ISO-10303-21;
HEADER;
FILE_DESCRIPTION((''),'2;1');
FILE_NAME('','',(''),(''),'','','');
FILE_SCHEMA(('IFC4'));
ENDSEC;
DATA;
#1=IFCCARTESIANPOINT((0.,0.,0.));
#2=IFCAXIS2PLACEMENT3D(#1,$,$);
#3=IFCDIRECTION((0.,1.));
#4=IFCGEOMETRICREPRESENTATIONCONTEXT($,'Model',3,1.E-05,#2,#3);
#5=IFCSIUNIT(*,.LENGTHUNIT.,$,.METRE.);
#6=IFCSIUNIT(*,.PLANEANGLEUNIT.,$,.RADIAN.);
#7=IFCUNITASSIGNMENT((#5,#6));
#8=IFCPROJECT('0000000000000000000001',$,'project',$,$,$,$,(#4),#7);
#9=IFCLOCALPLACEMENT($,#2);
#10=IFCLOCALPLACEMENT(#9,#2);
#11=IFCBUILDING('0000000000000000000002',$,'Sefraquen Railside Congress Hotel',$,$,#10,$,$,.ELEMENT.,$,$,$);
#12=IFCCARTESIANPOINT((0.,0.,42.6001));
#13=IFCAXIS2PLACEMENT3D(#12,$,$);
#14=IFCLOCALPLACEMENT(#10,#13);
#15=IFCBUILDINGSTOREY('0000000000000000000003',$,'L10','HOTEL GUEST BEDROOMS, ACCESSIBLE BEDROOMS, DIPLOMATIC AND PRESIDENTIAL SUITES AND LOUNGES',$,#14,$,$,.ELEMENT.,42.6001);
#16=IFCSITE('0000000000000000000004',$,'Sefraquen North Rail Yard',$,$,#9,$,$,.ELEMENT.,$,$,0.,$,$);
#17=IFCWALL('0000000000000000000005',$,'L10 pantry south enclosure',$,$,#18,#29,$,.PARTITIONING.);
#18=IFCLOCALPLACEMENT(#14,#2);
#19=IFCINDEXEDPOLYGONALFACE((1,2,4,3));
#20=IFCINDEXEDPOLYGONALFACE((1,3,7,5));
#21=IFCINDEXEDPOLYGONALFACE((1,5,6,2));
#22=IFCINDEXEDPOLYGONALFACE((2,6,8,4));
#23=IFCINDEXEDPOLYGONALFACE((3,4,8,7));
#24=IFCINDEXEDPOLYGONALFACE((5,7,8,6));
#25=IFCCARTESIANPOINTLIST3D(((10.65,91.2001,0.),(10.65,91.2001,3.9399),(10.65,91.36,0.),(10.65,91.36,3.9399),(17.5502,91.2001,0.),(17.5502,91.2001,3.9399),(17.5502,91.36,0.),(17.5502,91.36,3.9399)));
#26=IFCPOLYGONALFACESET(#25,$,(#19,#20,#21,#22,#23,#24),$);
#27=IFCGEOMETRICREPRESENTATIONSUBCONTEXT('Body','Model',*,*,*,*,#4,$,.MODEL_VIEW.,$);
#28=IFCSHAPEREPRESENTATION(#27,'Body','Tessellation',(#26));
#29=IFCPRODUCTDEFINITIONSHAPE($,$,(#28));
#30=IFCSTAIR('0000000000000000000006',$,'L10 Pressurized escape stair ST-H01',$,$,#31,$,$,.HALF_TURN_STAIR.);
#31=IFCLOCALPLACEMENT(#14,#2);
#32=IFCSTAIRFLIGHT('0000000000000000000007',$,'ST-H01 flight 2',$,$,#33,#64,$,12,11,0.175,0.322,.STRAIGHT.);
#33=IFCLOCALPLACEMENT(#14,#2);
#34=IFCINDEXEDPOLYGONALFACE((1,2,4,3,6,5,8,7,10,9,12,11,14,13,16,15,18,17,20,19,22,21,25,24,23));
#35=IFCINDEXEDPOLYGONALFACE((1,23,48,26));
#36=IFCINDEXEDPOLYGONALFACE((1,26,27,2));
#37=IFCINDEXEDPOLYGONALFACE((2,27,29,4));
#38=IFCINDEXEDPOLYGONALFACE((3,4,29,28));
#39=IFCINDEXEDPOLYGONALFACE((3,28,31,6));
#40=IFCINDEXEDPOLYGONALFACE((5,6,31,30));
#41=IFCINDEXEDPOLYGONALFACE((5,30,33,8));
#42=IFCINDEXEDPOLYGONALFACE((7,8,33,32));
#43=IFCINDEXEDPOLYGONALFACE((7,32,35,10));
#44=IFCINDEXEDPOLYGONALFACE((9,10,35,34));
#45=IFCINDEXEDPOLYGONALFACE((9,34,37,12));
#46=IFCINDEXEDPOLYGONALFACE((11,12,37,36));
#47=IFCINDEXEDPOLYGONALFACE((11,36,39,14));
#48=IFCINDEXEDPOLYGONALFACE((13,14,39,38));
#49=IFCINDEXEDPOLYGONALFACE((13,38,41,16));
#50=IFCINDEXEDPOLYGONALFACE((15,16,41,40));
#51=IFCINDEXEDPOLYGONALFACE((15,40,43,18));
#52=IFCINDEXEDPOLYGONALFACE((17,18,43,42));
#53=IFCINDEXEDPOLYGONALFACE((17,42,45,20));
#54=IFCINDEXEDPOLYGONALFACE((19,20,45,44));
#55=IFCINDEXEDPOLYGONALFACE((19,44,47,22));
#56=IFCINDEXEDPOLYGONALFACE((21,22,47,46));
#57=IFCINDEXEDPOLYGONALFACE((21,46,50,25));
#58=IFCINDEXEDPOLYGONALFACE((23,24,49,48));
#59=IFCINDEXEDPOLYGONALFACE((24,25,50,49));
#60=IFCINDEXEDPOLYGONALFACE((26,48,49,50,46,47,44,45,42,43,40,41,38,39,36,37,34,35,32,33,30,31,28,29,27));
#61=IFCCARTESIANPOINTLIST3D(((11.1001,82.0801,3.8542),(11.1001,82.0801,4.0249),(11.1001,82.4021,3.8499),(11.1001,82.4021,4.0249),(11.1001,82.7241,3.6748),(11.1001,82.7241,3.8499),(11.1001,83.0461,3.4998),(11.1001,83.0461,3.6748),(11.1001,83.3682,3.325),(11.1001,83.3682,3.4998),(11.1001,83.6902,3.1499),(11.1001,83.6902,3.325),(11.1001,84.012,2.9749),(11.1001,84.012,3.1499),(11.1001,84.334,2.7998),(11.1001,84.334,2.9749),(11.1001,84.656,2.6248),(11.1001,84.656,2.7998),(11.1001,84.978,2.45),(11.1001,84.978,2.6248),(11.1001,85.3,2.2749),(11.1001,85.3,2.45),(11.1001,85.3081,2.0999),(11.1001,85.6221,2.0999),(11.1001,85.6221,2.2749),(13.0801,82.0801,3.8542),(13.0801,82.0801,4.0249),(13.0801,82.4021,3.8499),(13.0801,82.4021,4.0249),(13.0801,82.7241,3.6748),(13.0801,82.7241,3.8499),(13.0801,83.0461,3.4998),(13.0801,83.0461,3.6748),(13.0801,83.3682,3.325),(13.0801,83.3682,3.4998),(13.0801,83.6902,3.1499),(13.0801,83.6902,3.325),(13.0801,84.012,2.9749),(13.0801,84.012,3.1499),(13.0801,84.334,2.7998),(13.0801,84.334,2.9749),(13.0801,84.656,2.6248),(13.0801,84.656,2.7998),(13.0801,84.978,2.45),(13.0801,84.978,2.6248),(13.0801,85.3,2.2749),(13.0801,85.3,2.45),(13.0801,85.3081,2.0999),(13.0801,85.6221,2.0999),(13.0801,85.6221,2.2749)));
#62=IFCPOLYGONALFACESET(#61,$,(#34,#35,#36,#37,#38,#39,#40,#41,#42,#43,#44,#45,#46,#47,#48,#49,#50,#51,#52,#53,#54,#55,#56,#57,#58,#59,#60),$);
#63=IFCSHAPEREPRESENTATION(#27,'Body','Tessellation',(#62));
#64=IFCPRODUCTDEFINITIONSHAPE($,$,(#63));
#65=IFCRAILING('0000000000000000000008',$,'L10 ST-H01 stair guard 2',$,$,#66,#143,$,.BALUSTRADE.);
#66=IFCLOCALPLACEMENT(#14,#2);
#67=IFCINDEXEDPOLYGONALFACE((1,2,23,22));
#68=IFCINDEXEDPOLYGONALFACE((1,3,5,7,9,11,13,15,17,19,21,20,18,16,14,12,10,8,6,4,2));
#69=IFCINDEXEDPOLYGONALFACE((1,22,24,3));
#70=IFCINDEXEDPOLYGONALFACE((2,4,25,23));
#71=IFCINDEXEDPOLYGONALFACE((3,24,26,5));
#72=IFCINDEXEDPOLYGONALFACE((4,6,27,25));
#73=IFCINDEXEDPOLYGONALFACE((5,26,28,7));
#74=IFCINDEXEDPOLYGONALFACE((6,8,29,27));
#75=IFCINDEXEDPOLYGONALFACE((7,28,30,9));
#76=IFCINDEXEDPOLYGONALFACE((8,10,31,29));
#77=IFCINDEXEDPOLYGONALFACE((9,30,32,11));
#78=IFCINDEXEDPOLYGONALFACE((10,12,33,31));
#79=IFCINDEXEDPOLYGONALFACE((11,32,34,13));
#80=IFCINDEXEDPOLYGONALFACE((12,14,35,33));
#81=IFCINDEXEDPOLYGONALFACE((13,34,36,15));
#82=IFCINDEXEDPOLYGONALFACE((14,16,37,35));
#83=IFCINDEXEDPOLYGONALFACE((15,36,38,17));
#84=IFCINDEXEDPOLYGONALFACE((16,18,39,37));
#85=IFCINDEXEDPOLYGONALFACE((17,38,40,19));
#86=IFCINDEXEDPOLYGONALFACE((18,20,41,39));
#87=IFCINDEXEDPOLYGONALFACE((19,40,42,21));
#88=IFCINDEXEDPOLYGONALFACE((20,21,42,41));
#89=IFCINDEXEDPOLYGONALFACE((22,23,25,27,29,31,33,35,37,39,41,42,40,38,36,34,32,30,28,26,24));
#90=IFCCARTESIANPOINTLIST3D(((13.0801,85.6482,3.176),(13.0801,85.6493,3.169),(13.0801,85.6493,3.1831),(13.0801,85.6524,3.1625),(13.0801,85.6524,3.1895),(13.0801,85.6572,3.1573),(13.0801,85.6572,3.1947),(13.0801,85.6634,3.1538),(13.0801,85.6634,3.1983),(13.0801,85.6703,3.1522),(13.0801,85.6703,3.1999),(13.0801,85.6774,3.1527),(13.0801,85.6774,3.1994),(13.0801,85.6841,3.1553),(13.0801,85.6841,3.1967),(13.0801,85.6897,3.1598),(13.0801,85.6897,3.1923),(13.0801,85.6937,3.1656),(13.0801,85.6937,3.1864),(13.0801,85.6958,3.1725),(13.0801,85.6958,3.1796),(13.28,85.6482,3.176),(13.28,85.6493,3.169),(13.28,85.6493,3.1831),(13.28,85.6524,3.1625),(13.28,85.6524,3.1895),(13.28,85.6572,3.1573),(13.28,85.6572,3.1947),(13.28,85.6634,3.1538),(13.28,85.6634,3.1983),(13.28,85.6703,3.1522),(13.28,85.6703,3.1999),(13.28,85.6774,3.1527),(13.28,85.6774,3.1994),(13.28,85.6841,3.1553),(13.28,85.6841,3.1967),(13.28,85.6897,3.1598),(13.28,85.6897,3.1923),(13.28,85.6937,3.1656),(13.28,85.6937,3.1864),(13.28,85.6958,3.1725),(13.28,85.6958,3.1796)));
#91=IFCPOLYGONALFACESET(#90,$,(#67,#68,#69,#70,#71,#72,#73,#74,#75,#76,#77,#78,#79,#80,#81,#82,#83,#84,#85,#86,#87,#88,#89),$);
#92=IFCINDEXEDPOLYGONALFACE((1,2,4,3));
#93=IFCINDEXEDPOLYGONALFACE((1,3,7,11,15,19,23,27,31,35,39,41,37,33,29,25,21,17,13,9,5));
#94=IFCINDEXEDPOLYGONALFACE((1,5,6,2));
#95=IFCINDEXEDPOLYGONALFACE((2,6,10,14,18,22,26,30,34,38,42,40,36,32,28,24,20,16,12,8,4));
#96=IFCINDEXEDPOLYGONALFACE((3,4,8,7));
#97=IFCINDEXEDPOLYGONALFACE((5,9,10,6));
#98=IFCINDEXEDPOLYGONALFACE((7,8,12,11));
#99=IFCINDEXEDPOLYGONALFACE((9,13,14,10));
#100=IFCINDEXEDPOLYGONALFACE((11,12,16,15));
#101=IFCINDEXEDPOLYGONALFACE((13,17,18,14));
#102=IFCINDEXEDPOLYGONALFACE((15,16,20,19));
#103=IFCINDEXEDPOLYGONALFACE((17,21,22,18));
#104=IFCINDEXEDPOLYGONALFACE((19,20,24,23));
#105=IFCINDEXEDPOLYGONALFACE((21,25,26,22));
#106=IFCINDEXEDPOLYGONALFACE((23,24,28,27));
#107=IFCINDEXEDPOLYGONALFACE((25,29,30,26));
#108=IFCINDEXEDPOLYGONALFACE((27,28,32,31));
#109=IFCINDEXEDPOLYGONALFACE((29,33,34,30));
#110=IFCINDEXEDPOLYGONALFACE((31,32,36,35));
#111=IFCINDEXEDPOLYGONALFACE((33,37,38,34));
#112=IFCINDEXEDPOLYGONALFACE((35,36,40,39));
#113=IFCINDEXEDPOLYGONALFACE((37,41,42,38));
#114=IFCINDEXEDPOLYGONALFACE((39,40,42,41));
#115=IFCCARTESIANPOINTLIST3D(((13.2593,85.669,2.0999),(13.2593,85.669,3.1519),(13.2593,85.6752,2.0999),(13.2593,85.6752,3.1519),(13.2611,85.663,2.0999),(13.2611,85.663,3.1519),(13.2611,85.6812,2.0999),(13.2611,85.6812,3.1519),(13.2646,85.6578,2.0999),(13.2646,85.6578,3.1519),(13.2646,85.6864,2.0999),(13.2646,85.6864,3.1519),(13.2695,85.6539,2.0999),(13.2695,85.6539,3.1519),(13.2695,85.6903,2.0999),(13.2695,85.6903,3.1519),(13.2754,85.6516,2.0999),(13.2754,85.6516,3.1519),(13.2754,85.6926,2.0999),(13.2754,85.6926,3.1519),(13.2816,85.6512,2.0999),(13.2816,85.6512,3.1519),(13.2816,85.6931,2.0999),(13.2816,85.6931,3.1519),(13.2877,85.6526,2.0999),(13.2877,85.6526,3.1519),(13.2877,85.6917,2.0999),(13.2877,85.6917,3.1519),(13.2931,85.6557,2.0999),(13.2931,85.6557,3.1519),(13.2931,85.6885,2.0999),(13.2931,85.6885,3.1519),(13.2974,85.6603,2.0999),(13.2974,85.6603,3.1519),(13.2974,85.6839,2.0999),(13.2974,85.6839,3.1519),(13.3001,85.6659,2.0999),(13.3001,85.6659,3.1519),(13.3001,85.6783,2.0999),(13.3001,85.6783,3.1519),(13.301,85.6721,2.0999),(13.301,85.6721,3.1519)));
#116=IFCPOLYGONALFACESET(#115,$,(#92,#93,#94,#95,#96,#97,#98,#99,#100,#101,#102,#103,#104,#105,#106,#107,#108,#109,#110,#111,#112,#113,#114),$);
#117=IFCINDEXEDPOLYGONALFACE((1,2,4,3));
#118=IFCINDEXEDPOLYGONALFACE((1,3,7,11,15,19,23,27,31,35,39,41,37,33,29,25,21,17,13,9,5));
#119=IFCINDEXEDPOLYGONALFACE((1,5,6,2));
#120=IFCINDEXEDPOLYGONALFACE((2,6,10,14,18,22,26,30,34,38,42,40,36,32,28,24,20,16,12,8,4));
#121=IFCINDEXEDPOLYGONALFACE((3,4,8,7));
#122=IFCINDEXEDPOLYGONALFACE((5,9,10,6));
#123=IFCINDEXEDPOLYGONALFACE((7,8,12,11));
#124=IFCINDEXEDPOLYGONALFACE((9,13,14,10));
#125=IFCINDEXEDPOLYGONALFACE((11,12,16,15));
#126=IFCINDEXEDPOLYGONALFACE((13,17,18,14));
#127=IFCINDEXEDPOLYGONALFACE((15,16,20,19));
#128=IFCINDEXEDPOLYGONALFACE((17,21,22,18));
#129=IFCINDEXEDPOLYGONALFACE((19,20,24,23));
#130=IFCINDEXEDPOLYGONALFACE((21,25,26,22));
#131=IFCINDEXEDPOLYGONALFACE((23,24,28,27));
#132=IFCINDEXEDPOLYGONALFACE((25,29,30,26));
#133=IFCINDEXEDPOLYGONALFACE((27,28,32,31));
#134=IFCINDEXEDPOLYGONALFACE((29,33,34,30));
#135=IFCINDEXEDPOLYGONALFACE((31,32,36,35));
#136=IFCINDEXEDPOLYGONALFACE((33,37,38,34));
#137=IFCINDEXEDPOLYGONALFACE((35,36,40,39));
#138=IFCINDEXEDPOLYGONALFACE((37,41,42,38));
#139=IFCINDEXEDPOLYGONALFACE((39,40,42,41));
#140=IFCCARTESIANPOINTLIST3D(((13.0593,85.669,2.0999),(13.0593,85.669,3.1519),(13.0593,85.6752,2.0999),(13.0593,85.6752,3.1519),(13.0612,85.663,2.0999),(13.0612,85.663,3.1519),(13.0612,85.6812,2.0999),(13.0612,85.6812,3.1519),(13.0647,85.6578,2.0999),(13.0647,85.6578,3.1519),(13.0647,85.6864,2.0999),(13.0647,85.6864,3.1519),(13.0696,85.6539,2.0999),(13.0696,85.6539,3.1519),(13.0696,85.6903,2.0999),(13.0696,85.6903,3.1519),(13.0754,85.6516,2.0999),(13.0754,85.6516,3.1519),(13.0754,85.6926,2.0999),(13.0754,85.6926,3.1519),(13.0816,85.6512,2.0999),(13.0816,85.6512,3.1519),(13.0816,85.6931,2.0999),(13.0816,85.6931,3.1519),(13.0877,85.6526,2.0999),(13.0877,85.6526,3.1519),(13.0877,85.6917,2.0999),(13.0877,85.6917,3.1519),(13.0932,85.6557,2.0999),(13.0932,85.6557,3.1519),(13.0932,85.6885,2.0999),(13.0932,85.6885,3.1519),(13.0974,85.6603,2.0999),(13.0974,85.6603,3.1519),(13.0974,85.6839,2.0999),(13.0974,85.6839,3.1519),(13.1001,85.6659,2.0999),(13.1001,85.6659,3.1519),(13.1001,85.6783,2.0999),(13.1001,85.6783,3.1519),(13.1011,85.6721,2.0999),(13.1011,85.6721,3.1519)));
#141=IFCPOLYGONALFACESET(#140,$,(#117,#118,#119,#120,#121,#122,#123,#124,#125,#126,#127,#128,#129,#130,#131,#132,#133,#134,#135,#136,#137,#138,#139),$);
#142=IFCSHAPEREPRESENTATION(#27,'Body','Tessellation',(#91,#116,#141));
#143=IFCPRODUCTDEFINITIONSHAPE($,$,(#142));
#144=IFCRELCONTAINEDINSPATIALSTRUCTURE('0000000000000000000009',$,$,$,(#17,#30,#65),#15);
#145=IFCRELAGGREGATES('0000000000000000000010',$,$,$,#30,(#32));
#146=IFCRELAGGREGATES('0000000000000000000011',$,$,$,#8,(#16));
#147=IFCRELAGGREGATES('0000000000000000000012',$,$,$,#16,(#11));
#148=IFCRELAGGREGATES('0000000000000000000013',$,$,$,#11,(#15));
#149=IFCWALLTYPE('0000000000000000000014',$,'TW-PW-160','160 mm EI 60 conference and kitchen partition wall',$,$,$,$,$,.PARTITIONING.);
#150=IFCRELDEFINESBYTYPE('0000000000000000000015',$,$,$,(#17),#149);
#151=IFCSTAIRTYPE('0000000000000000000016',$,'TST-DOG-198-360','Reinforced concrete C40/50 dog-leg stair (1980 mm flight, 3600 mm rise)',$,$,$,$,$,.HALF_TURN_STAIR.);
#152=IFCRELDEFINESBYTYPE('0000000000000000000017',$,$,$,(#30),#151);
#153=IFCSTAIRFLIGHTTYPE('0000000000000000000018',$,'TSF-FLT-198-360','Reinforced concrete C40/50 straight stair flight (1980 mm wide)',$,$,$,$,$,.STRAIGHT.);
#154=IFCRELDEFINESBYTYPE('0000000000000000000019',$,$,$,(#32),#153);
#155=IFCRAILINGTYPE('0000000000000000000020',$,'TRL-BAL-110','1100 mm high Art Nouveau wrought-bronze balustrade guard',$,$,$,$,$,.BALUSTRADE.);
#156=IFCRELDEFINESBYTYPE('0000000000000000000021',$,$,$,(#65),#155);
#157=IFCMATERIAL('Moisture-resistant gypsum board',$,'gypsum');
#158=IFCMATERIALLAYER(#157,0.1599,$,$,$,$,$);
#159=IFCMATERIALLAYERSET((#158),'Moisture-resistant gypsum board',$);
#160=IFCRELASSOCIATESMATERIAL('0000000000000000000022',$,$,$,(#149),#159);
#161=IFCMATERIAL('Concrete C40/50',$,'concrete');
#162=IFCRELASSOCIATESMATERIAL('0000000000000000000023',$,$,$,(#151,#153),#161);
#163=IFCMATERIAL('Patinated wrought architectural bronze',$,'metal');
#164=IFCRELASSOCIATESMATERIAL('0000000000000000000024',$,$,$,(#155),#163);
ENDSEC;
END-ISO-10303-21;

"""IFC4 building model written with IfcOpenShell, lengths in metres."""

from ifc_helpers import new_model, si_unit, direction, frame, frame_2d, origin, origin_2d, place, context, subcontext, project, spatial, polyline, rectangle, circle, outline, extrude, material, layer, layer_set, type_object, element, aggregate, save


model = new_model("IFC4")

# Units and contexts
model_context = context("Model", 3, precision=1e-05, world=origin(), true_north=direction((0.0, 1.0)))
body_context = subcontext(model_context, "Body", "Model", "MODEL_VIEW")
ifc_project = project(units=[si_unit("LENGTHUNIT", "METRE"), si_unit("PLANEANGLEUNIT", "RADIAN")], contexts=[model_context])

# Site, building, storey
site_placement = place(None, origin())
site = spatial("IfcSite", under=ifc_project, at=site_placement, Name="Sefraquen North Rail Yard", CompositionType="ELEMENT", RefElevation=0.0)
building_placement = place(site_placement, origin())
building = spatial("IfcBuilding", under=site, at=building_placement, Name="Sefraquen Railside Congress Hotel", CompositionType="ELEMENT")
storey_placement = place(building_placement, frame((0.0, 0.0, 42.6001)))
storey = spatial("IfcBuildingStorey", under=building, at=storey_placement, Name="L10", Description="HOTEL GUEST BEDROOMS, ACCESSIBLE BEDROOMS, DIPLOMATIC AND PRESIDENTIAL SUITES AND LOUNGES", CompositionType="ELEMENT", Elevation=42.6001)

# Shared definitions
ifc_material_1 = material(Name="Moisture-resistant gypsum board", Category="gypsum")
ifc_layer_1 = layer(ifc_material_1, 0.1599)
ifc_layer_set_1 = layer_set([ifc_layer_1], Name="Moisture-resistant gypsum board")
wall_type_1 = type_object("IfcWallType", Name="TW-PW-160", Description="160 mm EI 60 conference and kitchen partition wall", PredefinedType="PARTITIONING", material=ifc_layer_set_1)

# Wall
wall_1_placement = place(storey_placement, frame((10.6499, 91.28, 0.0), z_axis=(0.0, 0.0, 1.0), x_axis=(1.0, 0.0, 0.0)))
element("IfcWall", 1, at=wall_1_placement, inside=storey, type_object=wall_type_1, Name="L10 pantry south enclosure", PredefinedType="PARTITIONING", context=body_context, shape_type="SweptSolid", body=[
    extrude(rectangle(XDim=6.9001, YDim=0.1599, at=frame_2d((3.4502, 0.0))), origin(), (0.0, 0.0, 1.0), 3.9399),
])

# Stair, stair flight
ifc_material_2 = material(Name="Concrete C40/50", Category="concrete")
stair_type = type_object("IfcStairType", Name="TST-DOG-198-360", Description="Reinforced concrete C40/50 dog-leg stair (1980 mm flight, 3600 mm rise)", PredefinedType="HALF_TURN_STAIR", material=ifc_material_2)
stair_placement = place(storey_placement, origin())
stair = element("IfcStair", 2, at=stair_placement, inside=storey, type_object=stair_type, Name="L10 Pressurized escape stair ST-H01", PredefinedType="HALF_TURN_STAIR")
stair_flight_type = type_object("IfcStairFlightType", Name="TSF-FLT-198-360", Description="Reinforced concrete C40/50 straight stair flight (1980 mm wide)", PredefinedType="STRAIGHT", material=ifc_material_2)
stair_flight_placement = place(storey_placement, frame((12.0901, 85.6221, 2.0999), z_axis=(0.0, 0.0, 1.0), x_axis=(0.0, -1.0, 0.0)))
stair_flight = element("IfcStairFlight", 3, at=stair_flight_placement, type_object=stair_flight_type, Name="ST-H01 flight 2", NumberOfRisers=12, NumberOfTreads=11, PredefinedType="STRAIGHT", RiserHeight=0.175, TreadLength=0.322, context=body_context, shape_type="SweptSolid", body=[
    extrude(outline(polyline([(0.0, 0.0), (0.0, 0.175), (0.322, 0.175), (0.322, 0.3501), (0.644, 0.3501), (0.644, 0.5249), (0.9661, 0.5249), (0.9661, 0.7), (1.2881, 0.7), (1.2881, 0.875), (1.6101, 0.875), (1.6101, 1.05), (1.9319, 1.05), (1.9319, 1.2251), (2.2539, 1.2251), (2.2539, 1.3999), (2.5759, 1.3999), (2.5759, 1.575), (2.8979, 1.575), (2.8979, 1.75), (3.22, 1.75), (3.22, 1.925), (3.542, 1.925), (3.542, 2.1001), (3.542, 1.7544), (0.314, 0.0), (0.0, 0.0)])), frame((0.0, 0.99, 0.0), z_axis=(0.0, -1.0, 0.0), x_axis=(1.0, 0.0, 0.0)), (0.0, 0.0, 1.0), 1.98),
])
aggregate(stair, [stair_flight])

# Railing
ifc_material_3 = material(Name="Patinated wrought architectural bronze", Category="metal")
railing_type_1 = type_object("IfcRailingType", Name="TRL-BAL-110", Description="1100 mm high Art Nouveau wrought-bronze balustrade guard", PredefinedType="BALUSTRADE", material=ifc_material_3)
railing_1_placement = place(storey_placement, frame((13.28, 85.6721, 2.0999)))
element("IfcRailing", 4, at=railing_1_placement, inside=storey, type_object=railing_type_1, Name="L10 ST-H01 stair guard 2", PredefinedType="BALUSTRADE", context=body_context, shape_type="SweptSolid", body=[
    extrude(circle(Radius=0.0239, at=origin_2d()), frame((0.0, 0.0, 1.0762), z_axis=(-1.0, 0.0, 0.0), x_axis=(0.0, -1.0, 0.0)), (0.0, 0.0, 1.0), 0.2),
    extrude(circle(Radius=0.021, at=origin_2d()), origin(), (0.0, 0.0, 1.0), 1.052),
    extrude(circle(Radius=0.021, at=origin_2d()), frame((-0.2, 0.0, 0.0)), (0.0, 0.0, 1.0), 1.052),
])

save(model, "model.ifc")
